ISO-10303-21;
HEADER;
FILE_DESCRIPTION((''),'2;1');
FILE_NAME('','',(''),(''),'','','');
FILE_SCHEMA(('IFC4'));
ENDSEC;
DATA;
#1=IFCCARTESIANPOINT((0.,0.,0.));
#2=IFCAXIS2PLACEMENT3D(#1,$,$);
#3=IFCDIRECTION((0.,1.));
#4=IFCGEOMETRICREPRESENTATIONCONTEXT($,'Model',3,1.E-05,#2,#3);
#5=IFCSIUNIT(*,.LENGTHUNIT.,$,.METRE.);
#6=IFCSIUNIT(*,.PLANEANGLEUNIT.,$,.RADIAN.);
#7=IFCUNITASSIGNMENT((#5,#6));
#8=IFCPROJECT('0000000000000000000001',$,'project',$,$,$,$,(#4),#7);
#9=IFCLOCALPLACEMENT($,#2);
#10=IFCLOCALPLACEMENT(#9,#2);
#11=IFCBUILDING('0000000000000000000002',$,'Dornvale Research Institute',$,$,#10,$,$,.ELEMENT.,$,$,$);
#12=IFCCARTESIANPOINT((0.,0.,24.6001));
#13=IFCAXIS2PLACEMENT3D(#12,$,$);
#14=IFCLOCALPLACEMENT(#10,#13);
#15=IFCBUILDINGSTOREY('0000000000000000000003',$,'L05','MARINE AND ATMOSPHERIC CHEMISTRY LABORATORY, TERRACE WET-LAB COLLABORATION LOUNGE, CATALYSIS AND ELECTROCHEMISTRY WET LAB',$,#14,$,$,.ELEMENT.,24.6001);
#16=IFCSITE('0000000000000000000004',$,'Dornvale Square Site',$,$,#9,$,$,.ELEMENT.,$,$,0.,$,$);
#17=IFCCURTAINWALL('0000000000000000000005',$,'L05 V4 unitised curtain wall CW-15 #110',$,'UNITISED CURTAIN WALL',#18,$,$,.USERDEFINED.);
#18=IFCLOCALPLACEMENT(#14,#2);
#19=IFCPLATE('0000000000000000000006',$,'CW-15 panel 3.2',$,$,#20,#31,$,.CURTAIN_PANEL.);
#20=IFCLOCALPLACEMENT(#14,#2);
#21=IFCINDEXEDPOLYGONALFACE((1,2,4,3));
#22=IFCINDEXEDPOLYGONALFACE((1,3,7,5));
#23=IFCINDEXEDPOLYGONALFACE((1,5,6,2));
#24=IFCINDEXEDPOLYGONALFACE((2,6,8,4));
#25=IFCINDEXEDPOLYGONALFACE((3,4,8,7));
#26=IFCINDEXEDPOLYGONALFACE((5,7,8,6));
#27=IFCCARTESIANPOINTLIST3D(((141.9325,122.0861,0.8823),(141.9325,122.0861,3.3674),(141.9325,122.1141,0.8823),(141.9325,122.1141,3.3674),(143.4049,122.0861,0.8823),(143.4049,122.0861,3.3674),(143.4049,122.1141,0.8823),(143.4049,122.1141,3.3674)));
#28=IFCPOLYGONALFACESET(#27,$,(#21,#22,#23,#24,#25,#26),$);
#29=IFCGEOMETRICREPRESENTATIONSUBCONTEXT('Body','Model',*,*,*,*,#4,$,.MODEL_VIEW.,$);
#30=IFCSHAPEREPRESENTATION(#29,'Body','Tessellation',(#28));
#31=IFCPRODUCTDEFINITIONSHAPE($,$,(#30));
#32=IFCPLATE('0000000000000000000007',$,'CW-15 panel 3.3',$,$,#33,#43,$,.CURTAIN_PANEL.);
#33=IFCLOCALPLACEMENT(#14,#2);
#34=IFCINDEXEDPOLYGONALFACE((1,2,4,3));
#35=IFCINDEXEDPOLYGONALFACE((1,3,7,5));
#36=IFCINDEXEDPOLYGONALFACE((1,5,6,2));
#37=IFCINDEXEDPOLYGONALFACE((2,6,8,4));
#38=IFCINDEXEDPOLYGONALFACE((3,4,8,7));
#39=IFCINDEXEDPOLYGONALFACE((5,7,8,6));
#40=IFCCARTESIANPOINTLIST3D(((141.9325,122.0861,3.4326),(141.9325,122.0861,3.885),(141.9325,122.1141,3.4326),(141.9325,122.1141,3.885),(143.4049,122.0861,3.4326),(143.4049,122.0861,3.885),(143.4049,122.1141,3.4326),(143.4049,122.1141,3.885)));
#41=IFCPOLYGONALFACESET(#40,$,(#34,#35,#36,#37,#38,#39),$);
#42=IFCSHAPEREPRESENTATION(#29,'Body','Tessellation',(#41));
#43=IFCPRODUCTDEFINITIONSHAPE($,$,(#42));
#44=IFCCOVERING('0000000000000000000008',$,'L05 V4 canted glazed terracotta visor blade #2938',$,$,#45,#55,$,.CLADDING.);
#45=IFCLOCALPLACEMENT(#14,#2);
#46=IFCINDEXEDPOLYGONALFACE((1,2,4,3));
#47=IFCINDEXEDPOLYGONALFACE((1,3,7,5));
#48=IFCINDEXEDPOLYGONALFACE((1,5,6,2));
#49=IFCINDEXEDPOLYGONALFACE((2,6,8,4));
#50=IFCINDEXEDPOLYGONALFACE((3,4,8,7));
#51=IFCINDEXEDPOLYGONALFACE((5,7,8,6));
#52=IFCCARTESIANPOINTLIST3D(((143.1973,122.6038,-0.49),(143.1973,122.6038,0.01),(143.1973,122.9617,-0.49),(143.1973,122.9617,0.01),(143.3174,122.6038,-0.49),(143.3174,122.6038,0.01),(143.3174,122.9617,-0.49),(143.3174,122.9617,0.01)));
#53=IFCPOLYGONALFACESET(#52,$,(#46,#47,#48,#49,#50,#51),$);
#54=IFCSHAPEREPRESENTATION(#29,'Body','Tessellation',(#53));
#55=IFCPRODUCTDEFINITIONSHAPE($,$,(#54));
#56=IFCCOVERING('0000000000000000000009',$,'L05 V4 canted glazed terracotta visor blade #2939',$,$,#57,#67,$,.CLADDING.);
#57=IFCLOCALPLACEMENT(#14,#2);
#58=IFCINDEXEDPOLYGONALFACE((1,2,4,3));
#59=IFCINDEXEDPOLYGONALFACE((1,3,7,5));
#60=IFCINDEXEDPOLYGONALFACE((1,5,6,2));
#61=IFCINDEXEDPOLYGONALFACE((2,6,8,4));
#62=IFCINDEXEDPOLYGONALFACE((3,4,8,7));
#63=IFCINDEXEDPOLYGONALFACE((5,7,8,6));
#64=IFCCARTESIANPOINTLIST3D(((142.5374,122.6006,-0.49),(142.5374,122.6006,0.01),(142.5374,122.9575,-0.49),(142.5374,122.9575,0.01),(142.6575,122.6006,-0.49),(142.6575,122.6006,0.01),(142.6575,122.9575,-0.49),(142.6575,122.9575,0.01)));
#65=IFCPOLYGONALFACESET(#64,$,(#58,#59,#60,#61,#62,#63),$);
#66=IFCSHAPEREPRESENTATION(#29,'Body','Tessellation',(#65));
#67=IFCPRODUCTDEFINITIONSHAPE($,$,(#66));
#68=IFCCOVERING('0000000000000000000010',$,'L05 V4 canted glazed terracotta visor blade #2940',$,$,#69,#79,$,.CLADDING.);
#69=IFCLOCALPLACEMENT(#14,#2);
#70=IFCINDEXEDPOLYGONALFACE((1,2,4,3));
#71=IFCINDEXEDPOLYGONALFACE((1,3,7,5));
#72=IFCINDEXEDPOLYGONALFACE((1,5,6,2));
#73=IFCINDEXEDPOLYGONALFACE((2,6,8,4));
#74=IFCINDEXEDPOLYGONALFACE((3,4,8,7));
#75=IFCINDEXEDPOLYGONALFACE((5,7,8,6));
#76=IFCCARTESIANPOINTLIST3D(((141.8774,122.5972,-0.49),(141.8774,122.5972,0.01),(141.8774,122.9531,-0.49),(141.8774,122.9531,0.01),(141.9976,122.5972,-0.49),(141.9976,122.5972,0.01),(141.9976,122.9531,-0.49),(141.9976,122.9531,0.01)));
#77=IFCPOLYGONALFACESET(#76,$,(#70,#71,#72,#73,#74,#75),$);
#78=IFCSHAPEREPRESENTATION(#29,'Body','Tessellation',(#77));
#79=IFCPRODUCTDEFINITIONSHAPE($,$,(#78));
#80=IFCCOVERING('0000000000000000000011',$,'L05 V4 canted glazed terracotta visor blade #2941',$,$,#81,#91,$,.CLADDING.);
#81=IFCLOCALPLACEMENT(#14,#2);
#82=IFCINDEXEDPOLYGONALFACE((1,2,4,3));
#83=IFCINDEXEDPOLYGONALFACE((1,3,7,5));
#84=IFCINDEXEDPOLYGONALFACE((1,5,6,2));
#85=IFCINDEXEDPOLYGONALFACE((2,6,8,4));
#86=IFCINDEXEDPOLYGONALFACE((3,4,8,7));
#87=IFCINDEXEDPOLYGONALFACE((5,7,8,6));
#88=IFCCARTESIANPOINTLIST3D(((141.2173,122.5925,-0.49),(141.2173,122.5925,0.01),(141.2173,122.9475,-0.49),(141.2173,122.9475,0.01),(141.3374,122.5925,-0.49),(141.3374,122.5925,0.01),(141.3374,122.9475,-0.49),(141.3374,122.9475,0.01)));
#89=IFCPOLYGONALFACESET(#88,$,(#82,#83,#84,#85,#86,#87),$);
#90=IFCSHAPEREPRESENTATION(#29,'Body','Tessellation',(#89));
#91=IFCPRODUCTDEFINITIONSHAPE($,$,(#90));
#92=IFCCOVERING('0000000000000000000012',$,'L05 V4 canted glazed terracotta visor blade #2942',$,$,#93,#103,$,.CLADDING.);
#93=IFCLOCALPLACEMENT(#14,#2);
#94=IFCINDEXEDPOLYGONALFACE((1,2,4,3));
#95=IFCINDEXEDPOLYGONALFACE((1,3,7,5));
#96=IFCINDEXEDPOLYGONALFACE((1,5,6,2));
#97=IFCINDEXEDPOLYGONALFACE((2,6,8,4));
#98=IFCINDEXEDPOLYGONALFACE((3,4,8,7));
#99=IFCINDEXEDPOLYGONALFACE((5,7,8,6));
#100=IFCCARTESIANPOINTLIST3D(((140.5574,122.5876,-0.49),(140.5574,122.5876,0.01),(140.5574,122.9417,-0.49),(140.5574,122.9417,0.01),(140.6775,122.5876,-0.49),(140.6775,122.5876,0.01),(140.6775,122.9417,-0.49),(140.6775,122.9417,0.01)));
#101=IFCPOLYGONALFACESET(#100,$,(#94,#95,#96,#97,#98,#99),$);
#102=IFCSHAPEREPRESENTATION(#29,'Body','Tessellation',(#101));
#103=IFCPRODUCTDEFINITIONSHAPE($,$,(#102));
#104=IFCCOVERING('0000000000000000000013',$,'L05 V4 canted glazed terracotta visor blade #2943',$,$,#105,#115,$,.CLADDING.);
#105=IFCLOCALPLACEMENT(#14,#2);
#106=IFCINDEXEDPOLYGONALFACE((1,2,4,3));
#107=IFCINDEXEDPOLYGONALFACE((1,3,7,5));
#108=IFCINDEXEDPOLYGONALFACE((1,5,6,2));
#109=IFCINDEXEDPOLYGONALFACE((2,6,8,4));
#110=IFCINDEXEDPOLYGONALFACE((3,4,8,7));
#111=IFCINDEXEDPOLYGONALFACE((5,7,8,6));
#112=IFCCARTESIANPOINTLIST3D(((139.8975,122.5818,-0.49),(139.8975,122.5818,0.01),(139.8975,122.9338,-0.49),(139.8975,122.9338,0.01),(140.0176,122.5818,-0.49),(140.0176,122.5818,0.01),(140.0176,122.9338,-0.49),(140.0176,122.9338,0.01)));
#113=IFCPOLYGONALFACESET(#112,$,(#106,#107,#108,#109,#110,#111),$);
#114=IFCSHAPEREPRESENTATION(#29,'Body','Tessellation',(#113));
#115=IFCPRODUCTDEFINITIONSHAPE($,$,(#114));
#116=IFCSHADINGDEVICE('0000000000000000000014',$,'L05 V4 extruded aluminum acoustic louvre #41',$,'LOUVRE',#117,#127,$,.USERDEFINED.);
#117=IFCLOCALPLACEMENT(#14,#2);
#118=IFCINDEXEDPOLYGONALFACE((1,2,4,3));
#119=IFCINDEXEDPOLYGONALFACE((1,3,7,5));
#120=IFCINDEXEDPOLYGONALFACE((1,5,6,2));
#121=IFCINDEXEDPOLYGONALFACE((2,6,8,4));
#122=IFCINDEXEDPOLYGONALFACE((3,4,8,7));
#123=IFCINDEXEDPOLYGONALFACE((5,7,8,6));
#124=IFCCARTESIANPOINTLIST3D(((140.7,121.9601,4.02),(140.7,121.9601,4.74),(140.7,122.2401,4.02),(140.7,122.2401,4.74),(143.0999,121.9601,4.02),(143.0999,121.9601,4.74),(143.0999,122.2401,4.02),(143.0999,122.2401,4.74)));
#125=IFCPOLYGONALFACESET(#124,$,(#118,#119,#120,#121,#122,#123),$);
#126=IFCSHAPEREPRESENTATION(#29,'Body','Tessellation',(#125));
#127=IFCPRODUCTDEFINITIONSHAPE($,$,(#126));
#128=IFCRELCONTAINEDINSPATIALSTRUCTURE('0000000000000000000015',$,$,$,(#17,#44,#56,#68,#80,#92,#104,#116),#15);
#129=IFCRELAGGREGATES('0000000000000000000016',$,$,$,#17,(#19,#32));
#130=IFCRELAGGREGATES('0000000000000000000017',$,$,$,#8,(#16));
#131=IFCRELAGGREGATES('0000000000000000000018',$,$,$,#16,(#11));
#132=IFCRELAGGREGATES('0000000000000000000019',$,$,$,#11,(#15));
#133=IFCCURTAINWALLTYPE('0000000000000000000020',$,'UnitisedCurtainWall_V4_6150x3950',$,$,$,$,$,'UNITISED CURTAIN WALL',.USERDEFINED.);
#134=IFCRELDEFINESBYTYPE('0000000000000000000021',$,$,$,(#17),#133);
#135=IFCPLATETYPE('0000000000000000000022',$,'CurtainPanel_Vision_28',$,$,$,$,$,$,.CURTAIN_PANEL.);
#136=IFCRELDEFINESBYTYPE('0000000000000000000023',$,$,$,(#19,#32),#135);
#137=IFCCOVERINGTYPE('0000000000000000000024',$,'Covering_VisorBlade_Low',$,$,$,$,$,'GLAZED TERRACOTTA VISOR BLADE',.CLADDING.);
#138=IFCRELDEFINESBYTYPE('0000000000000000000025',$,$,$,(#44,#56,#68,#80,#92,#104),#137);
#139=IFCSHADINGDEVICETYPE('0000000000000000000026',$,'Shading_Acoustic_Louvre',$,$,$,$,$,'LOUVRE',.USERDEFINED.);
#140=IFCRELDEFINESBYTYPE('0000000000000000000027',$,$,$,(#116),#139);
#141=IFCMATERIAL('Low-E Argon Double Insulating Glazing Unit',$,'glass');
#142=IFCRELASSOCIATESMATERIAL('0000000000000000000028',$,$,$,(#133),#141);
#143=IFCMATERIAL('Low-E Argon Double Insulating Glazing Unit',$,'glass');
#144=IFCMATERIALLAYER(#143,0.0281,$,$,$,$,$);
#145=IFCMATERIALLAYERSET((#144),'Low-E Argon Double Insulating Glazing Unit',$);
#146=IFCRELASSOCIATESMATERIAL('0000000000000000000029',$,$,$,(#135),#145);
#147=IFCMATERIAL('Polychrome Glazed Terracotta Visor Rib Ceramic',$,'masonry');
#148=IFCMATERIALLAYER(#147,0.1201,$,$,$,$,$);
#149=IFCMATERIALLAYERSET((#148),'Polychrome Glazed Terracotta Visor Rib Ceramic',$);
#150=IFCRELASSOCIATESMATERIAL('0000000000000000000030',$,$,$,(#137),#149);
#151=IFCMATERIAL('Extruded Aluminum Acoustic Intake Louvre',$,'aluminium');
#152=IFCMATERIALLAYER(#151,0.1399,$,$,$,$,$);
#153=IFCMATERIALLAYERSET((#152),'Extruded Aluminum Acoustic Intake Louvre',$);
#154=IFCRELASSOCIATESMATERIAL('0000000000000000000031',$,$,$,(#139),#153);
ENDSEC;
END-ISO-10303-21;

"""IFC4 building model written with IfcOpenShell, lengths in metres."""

from ifc_helpers import new_model, si_unit, direction, frame, origin, origin_2d, place, context, subcontext, project, spatial, rectangle, extrude, material, layer, layer_set, type_object, element, aggregate, save


model = new_model("IFC4")

# Units and contexts
model_context = context("Model", 3, precision=1e-05, world=origin(), true_north=direction((0.0, 1.0)))
body_context = subcontext(model_context, "Body", "Model", "MODEL_VIEW")
ifc_project = project(units=[si_unit("LENGTHUNIT", "METRE"), si_unit("PLANEANGLEUNIT", "RADIAN")], contexts=[model_context])

# Site, building, storey
site_placement = place(None, origin())
site = spatial("IfcSite", under=ifc_project, at=site_placement, Name="Dornvale Square Site", CompositionType="ELEMENT", RefElevation=0.0)
building_placement = place(site_placement, origin())
building = spatial("IfcBuilding", under=site, at=building_placement, Name="Dornvale Research Institute", CompositionType="ELEMENT")
storey_placement = place(building_placement, frame((0.0, 0.0, 24.6001)))
storey = spatial("IfcBuildingStorey", under=building, at=storey_placement, Name="L05", Description="MARINE AND ATMOSPHERIC CHEMISTRY LABORATORY, TERRACE WET-LAB COLLABORATION LOUNGE, CATALYSIS AND ELECTROCHEMISTRY WET LAB", CompositionType="ELEMENT", Elevation=24.6001)

# Curtain wall, plates
ifc_material_1 = material(Name="Low-E Argon Double Insulating Glazing Unit", Category="glass")
curtain_wall_type = type_object("IfcCurtainWallType", Name="UnitisedCurtainWall_V4_6150x3950", ElementType="UNITISED CURTAIN WALL", PredefinedType="USERDEFINED", material=ifc_material_1)
curtain_wall_placement = place(storey_placement, origin())
curtain_wall = element("IfcCurtainWall", 1, at=curtain_wall_placement, inside=storey, type_object=curtain_wall_type, Name="L05 V4 unitised curtain wall CW-15 #110", ObjectType="UNITISED CURTAIN WALL", PredefinedType="USERDEFINED")
ifc_material_2 = material(Name="Low-E Argon Double Insulating Glazing Unit", Category="glass")
ifc_layer_1 = layer(ifc_material_2, 0.0281)
ifc_layer_set_1 = layer_set([ifc_layer_1], Name="Low-E Argon Double Insulating Glazing Unit")
plate_type_1 = type_object("IfcPlateType", Name="CurtainPanel_Vision_28", PredefinedType="CURTAIN_PANEL", material=ifc_layer_set_1)
plate_1_placement = place(storey_placement, frame((142.6687, 122.1001, 0.8823), z_axis=(0.0, 0.0, 1.0), x_axis=(1.0, 0.0, 0.0)))
plate_1 = element("IfcPlate", 2, at=plate_1_placement, type_object=plate_type_1, Name="CW-15 panel 3.2", PredefinedType="CURTAIN_PANEL", context=body_context, shape_type="SweptSolid", body=[
    extrude(rectangle(XDim=1.4724, YDim=0.0281, at=origin_2d()), origin(), (0.0, 0.0, 1.0), 2.4851),
])
plate_2_placement = place(storey_placement, frame((142.6687, 122.1001, 3.4326), z_axis=(0.0, 0.0, 1.0), x_axis=(1.0, 0.0, 0.0)))
plate_2 = element("IfcPlate", 3, at=plate_2_placement, type_object=plate_type_1, Name="CW-15 panel 3.3", PredefinedType="CURTAIN_PANEL", context=body_context, shape_type="SweptSolid", body=[
    extrude(rectangle(XDim=1.4724, YDim=0.0281, at=origin_2d()), origin(), (0.0, 0.0, 1.0), 0.4524),
])
aggregate(curtain_wall, [plate_1, plate_2])

# Coverings
ifc_material_3 = material(Name="Polychrome Glazed Terracotta Visor Rib Ceramic", Category="masonry")
ifc_layer_2 = layer(ifc_material_3, 0.1201)
ifc_layer_set_2 = layer_set([ifc_layer_2], Name="Polychrome Glazed Terracotta Visor Rib Ceramic")
covering_type = type_object("IfcCoveringType", Name="Covering_VisorBlade_Low", ElementType="GLAZED TERRACOTTA VISOR BLADE", PredefinedType="CLADDING", material=ifc_layer_set_2)
covering_1_placement = place(storey_placement, frame((143.2573, 122.7827, -0.49), z_axis=(0.0, 0.0, 1.0), x_axis=(0.0, 1.0, 0.0)))
element("IfcCovering", 4, at=covering_1_placement, inside=storey, type_object=covering_type, Name="L05 V4 canted glazed terracotta visor blade #2938", PredefinedType="CLADDING", context=body_context, shape_type="SweptSolid", body=[
    extrude(rectangle(XDim=0.3579, YDim=0.1201, at=origin_2d()), origin(), (0.0, 0.0, 1.0), 0.5),
])
covering_2_placement = place(storey_placement, frame((142.5974, 122.7791, -0.49), z_axis=(0.0, 0.0, 1.0), x_axis=(0.0, 1.0, 0.0)))
element("IfcCovering", 5, at=covering_2_placement, inside=storey, type_object=covering_type, Name="L05 V4 canted glazed terracotta visor blade #2939", PredefinedType="CLADDING", context=body_context, shape_type="SweptSolid", body=[
    extrude(rectangle(XDim=0.3569, YDim=0.1201, at=origin_2d()), origin(), (0.0, 0.0, 1.0), 0.5),
])
covering_3_placement = place(storey_placement, frame((141.9375, 122.7751, -0.49), z_axis=(0.0, 0.0, 1.0), x_axis=(0.0, 1.0, 0.0)))
element("IfcCovering", 6, at=covering_3_placement, inside=storey, type_object=covering_type, Name="L05 V4 canted glazed terracotta visor blade #2940", PredefinedType="CLADDING", context=body_context, shape_type="SweptSolid", body=[
    extrude(rectangle(XDim=0.356, YDim=0.1201, at=origin_2d()), origin(), (0.0, 0.0, 1.0), 0.5),
])
covering_4_placement = place(storey_placement, frame((141.2773, 122.77, -0.49), z_axis=(0.0, 0.0, 1.0), x_axis=(0.0, 1.0, 0.0)))
element("IfcCovering", 7, at=covering_4_placement, inside=storey, type_object=covering_type, Name="L05 V4 canted glazed terracotta visor blade #2941", PredefinedType="CLADDING", context=body_context, shape_type="SweptSolid", body=[
    extrude(rectangle(XDim=0.355, YDim=0.1201, at=origin_2d()), origin(), (0.0, 0.0, 1.0), 0.5),
])
covering_5_placement = place(storey_placement, frame((140.6174, 122.7646, -0.49), z_axis=(0.0, 0.0, 1.0), x_axis=(0.0, 1.0, 0.0)))
element("IfcCovering", 8, at=covering_5_placement, inside=storey, type_object=covering_type, Name="L05 V4 canted glazed terracotta visor blade #2942", PredefinedType="CLADDING", context=body_context, shape_type="SweptSolid", body=[
    extrude(rectangle(XDim=0.354, YDim=0.1201, at=origin_2d()), origin(), (0.0, 0.0, 1.0), 0.5),
])
covering_6_placement = place(storey_placement, frame((139.9575, 122.7578, -0.49), z_axis=(0.0, 0.0, 1.0), x_axis=(0.0, 1.0, 0.0)))
element("IfcCovering", 9, at=covering_6_placement, inside=storey, type_object=covering_type, Name="L05 V4 canted glazed terracotta visor blade #2943", PredefinedType="CLADDING", context=body_context, shape_type="SweptSolid", body=[
    extrude(rectangle(XDim=0.3521, YDim=0.1201, at=origin_2d()), origin(), (0.0, 0.0, 1.0), 0.5),
])

# Shading device
ifc_material_4 = material(Name="Extruded Aluminum Acoustic Intake Louvre", Category="aluminium")
ifc_layer_3 = layer(ifc_material_4, 0.1399)
ifc_layer_set_3 = layer_set([ifc_layer_3], Name="Extruded Aluminum Acoustic Intake Louvre")
shading_device_type = type_object("IfcShadingDeviceType", Name="Shading_Acoustic_Louvre", ElementType="LOUVRE", PredefinedType="USERDEFINED", material=ifc_layer_set_3)
shading_device_placement = place(storey_placement, frame((141.8999, 122.1001, 4.02), z_axis=(0.0, 0.0, 1.0), x_axis=(1.0, 0.0, 0.0)))
element("IfcShadingDevice", 10, at=shading_device_placement, inside=storey, type_object=shading_device_type, Name="L05 V4 extruded aluminum acoustic louvre #41", ObjectType="LOUVRE", PredefinedType="USERDEFINED", context=body_context, shape_type="SweptSolid", body=[
    extrude(rectangle(XDim=2.3999, YDim=0.28, at=origin_2d()), origin(), (0.0, 0.0, 1.0), 0.72),
])

save(model, "model.ifc")
